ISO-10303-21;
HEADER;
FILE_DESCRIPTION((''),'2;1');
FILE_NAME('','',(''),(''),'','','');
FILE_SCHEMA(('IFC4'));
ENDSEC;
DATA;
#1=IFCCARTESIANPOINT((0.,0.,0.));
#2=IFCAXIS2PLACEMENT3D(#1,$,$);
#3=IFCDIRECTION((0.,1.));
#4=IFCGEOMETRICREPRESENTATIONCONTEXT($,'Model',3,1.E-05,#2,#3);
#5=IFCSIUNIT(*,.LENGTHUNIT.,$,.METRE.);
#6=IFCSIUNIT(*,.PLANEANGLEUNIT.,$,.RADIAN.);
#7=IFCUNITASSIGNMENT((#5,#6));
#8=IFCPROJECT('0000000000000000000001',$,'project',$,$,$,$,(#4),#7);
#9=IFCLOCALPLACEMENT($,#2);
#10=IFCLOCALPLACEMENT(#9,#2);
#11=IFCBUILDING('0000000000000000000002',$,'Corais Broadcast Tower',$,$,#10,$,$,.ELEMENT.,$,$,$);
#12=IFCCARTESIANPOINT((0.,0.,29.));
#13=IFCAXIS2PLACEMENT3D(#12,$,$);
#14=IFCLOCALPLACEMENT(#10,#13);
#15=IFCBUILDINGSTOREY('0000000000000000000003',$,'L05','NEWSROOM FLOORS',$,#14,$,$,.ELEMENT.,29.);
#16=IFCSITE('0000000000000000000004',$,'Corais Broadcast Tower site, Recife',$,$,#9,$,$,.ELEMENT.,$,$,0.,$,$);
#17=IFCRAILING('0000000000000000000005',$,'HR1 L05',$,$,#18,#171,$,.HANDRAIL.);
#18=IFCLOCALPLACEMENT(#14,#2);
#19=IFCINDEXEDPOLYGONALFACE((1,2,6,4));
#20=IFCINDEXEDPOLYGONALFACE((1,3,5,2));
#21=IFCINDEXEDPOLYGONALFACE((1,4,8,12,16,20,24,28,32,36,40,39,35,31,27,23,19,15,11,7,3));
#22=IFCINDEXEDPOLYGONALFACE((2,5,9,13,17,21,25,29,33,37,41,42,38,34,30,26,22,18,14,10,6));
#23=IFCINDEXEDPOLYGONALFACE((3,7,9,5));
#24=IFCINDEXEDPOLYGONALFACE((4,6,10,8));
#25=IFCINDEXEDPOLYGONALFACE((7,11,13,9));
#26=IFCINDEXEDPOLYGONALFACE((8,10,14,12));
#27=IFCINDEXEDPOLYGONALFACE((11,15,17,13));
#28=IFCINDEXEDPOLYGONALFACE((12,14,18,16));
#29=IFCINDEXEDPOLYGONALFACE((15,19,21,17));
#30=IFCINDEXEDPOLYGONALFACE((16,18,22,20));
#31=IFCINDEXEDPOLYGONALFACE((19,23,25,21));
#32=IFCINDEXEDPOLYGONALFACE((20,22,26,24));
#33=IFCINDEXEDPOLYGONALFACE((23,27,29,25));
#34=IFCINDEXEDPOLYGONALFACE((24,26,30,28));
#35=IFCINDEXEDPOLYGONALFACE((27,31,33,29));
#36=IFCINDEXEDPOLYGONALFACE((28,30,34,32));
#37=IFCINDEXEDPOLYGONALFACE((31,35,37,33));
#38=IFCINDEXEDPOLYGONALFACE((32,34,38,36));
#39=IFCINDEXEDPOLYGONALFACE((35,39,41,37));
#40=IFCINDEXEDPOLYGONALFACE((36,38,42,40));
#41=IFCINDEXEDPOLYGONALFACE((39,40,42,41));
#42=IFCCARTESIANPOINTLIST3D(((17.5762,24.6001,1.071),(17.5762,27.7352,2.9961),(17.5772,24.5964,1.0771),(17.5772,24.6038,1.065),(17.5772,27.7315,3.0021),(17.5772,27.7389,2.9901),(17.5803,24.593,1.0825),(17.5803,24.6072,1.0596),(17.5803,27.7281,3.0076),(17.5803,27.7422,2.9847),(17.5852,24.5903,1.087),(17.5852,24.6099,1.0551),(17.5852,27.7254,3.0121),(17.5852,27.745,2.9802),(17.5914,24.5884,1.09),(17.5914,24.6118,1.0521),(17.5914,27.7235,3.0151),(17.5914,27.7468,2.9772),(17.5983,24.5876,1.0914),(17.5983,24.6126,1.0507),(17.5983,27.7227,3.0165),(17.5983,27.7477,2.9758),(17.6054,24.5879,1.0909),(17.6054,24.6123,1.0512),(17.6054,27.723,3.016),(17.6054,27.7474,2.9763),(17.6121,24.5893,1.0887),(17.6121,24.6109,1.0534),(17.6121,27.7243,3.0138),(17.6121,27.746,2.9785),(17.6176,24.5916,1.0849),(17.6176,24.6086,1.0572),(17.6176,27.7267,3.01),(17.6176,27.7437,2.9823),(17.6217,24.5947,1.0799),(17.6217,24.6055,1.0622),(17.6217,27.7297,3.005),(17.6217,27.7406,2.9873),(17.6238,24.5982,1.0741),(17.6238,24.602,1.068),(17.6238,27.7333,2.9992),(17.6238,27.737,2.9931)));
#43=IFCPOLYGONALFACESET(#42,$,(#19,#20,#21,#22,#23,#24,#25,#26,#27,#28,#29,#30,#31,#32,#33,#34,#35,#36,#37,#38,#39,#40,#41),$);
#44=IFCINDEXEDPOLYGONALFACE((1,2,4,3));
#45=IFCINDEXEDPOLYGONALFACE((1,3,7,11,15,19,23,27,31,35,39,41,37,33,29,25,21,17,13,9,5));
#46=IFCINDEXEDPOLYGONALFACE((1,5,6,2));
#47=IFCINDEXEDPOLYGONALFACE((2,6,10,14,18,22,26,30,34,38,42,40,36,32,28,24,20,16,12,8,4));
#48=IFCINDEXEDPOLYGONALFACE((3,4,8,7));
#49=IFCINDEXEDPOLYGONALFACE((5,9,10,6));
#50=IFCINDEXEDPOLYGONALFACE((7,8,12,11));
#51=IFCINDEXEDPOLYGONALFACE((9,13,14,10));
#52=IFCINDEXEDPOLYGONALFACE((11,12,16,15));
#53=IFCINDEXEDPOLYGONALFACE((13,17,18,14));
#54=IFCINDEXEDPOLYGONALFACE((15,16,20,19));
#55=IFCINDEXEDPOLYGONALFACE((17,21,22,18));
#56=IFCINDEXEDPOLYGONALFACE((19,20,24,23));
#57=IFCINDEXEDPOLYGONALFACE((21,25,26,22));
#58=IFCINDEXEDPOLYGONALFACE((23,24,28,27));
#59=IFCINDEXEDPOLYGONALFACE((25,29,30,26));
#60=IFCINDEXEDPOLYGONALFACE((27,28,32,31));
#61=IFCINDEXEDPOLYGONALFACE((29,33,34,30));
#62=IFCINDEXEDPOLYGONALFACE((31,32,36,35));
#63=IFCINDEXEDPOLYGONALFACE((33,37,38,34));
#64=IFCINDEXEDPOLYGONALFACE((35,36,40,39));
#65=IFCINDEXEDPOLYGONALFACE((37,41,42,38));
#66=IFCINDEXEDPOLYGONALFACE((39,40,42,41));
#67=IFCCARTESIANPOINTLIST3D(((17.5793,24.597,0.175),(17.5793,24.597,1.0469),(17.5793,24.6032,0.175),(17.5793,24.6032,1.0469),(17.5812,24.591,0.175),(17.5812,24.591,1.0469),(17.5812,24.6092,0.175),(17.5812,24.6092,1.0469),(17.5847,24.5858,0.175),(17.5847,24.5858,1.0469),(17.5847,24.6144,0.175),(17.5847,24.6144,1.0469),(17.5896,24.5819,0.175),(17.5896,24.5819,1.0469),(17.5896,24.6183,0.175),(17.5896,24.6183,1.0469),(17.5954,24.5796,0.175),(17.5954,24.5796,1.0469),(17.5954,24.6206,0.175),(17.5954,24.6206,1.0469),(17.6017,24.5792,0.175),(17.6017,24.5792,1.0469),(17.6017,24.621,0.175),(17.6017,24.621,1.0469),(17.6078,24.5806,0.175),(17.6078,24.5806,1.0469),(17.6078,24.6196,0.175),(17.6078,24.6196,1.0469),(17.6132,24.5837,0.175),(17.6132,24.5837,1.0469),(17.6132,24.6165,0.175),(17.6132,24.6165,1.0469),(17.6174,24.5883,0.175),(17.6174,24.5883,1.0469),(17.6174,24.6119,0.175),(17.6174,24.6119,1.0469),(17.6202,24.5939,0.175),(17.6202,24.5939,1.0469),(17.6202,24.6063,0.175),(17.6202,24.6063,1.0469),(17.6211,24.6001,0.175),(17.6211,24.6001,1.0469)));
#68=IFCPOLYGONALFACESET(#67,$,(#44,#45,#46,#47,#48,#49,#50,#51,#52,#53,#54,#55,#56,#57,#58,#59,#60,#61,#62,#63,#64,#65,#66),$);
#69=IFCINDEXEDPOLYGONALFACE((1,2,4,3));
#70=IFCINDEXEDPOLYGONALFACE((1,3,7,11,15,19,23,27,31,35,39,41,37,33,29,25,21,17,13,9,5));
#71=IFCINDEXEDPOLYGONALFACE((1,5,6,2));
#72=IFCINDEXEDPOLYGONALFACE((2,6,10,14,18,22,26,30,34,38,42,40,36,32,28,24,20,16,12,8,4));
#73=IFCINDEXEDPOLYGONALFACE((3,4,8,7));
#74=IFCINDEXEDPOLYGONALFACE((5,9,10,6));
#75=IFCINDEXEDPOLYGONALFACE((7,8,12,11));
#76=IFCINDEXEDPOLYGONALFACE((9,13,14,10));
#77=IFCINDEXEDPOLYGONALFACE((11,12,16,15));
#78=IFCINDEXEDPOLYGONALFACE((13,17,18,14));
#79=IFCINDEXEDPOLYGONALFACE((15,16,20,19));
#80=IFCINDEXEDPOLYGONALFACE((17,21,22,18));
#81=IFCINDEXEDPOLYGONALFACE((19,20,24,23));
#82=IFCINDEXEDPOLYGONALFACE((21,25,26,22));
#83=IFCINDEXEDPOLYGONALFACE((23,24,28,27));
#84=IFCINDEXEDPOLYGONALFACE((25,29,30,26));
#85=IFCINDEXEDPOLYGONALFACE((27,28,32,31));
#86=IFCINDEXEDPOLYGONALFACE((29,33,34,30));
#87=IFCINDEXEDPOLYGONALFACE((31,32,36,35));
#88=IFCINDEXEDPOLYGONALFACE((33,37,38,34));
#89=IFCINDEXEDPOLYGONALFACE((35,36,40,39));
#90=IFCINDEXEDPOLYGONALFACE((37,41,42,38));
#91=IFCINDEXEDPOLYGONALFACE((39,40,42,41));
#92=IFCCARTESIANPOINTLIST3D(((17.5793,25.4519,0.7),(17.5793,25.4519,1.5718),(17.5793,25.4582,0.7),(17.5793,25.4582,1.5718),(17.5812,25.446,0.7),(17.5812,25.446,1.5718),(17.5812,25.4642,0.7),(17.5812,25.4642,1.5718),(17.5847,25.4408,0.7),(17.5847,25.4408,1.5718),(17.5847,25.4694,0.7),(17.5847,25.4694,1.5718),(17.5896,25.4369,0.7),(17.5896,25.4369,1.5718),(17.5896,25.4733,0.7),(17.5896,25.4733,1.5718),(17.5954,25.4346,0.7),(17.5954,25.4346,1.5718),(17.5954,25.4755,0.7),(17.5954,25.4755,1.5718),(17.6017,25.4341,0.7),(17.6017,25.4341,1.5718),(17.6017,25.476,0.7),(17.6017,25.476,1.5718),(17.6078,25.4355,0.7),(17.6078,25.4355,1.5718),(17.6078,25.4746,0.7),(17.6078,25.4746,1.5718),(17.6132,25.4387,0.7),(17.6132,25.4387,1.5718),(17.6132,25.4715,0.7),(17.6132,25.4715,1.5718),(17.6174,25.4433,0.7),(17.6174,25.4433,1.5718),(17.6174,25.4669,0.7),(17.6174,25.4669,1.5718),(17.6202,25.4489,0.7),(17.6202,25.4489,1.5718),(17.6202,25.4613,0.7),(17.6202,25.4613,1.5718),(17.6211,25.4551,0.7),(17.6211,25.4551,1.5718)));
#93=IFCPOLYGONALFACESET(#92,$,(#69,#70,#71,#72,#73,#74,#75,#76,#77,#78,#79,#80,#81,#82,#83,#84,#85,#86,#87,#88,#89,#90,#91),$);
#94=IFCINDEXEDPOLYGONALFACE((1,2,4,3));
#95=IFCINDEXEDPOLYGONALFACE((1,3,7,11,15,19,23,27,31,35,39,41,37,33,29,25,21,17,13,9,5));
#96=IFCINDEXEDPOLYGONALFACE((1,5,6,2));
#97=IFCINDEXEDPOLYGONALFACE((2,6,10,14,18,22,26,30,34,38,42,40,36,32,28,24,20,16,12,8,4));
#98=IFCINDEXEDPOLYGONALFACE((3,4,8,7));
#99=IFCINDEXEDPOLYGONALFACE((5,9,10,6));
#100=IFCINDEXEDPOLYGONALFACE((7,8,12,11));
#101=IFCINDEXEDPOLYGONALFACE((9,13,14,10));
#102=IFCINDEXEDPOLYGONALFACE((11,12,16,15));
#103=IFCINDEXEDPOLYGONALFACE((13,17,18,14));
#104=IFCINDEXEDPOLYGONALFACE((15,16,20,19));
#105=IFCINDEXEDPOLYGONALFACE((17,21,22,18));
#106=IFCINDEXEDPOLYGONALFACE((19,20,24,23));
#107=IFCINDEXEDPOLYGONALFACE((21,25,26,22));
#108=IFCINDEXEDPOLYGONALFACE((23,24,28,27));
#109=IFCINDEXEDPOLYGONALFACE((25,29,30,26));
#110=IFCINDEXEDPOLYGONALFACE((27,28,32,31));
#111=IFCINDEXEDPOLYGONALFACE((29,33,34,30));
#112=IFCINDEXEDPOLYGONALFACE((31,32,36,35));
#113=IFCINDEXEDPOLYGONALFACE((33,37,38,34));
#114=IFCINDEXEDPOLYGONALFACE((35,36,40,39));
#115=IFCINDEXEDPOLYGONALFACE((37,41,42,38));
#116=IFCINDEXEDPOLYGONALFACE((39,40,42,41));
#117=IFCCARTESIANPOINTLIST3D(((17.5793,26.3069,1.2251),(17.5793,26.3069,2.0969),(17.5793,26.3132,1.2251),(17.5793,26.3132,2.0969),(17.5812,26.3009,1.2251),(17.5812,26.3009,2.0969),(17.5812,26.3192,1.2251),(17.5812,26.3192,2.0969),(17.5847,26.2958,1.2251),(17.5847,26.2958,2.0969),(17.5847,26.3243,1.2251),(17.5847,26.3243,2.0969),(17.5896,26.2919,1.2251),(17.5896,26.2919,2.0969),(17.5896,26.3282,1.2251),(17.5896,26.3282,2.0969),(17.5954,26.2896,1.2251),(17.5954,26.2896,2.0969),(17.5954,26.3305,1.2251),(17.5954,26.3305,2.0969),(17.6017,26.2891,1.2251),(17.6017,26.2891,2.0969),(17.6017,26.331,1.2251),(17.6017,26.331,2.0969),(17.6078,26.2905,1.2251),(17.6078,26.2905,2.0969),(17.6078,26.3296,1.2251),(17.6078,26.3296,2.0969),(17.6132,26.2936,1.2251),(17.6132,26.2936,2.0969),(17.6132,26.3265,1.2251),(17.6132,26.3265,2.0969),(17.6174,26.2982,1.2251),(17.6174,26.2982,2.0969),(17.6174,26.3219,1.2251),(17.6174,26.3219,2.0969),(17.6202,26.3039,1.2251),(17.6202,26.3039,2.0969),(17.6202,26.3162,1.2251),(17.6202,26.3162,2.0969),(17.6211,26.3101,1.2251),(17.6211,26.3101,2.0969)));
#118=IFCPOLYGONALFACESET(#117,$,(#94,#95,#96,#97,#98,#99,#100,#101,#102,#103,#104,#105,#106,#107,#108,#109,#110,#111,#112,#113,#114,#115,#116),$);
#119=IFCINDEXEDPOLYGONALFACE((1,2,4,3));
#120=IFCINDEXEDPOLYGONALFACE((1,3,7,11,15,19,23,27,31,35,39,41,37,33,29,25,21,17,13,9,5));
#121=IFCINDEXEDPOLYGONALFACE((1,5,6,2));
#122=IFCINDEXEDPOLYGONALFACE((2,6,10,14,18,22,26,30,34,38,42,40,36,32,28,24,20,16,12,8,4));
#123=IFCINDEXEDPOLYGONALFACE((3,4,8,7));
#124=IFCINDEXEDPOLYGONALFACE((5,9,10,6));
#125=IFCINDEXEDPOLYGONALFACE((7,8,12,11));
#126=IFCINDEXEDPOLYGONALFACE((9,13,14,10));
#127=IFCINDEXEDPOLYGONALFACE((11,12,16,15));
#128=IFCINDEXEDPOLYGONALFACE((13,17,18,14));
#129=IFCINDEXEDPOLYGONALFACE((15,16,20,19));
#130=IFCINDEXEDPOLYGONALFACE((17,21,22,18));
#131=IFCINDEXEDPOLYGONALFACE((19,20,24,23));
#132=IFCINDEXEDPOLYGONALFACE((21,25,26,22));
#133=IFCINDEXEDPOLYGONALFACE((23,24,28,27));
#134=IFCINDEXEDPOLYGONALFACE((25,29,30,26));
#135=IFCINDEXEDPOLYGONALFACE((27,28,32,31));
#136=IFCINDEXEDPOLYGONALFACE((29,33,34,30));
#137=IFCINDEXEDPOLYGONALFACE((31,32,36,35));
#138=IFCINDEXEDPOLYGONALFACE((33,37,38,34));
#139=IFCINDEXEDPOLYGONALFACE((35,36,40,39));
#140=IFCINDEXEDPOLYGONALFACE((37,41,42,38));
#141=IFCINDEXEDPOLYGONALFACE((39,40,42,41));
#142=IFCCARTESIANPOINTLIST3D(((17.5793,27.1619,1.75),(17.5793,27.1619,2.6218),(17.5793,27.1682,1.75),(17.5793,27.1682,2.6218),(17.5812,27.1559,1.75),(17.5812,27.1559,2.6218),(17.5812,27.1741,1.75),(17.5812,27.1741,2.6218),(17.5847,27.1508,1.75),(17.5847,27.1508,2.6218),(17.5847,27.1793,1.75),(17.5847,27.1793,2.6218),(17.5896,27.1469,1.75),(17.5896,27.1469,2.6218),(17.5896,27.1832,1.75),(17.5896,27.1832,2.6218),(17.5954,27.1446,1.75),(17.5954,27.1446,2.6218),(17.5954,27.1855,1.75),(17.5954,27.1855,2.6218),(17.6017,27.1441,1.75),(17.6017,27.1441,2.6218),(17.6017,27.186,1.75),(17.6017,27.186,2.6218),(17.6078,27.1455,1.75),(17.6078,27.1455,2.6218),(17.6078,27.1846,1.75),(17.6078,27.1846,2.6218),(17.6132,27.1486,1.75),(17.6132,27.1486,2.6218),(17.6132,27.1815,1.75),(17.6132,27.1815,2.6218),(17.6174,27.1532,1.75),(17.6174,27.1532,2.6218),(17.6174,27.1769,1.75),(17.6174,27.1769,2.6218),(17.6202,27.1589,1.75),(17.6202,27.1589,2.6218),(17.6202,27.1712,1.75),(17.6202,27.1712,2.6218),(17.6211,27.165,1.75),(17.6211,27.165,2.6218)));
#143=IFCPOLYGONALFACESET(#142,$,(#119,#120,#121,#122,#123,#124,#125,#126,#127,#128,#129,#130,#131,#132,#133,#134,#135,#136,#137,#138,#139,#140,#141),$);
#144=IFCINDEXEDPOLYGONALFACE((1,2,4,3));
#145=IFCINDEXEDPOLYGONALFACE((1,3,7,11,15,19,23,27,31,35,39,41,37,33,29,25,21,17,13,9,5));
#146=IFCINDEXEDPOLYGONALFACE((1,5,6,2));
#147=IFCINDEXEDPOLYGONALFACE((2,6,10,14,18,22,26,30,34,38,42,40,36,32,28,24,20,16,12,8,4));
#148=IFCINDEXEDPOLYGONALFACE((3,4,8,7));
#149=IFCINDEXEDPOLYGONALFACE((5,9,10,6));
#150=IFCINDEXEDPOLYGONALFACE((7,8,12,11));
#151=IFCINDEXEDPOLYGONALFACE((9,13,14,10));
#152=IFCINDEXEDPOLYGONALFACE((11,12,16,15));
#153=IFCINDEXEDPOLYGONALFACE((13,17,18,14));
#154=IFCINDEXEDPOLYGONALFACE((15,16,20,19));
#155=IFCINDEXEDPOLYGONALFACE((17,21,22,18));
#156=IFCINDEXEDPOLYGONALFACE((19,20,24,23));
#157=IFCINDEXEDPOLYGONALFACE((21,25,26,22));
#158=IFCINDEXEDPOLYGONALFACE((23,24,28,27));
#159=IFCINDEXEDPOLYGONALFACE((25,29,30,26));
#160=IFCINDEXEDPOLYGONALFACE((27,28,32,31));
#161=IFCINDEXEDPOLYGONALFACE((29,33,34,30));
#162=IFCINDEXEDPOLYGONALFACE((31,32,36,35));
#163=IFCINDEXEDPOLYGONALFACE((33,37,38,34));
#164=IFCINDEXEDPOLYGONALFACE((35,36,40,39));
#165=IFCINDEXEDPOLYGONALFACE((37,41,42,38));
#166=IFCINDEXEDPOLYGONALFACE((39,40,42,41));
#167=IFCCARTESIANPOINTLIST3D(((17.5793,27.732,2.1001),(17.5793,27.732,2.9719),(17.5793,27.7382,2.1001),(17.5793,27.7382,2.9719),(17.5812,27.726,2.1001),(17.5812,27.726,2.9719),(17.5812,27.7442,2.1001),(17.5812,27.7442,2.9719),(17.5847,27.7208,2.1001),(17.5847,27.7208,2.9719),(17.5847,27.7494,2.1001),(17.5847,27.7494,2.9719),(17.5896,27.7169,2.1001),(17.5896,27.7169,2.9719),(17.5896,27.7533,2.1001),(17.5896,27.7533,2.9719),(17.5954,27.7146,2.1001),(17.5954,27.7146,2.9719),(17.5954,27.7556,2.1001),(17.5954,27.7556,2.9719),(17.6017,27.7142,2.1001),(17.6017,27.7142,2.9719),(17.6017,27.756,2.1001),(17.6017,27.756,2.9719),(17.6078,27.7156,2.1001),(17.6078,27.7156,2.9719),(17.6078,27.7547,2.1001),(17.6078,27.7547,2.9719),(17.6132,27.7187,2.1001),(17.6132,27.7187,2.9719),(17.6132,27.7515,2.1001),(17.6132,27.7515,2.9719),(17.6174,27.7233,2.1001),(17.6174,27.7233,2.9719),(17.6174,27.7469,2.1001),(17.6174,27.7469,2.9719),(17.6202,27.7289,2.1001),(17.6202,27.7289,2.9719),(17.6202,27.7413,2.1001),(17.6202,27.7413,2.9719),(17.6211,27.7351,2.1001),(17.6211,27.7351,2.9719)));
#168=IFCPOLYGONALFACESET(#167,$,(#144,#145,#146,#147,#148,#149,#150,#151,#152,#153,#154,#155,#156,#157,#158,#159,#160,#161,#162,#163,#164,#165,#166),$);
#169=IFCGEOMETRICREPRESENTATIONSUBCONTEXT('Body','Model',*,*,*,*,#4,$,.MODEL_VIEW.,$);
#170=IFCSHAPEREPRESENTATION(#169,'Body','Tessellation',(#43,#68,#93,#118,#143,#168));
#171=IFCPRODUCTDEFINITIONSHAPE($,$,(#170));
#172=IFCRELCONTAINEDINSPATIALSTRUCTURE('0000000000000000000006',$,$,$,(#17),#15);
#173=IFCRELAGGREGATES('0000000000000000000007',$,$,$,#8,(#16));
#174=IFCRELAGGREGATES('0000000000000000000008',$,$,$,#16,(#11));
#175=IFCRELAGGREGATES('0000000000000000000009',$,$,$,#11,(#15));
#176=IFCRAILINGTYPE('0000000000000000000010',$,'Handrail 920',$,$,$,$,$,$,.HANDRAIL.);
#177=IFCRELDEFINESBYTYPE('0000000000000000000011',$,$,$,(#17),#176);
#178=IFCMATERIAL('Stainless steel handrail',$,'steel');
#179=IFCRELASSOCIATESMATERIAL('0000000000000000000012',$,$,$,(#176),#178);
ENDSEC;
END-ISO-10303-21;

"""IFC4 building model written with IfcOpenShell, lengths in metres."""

from ifc_helpers import new_model, si_unit, direction, frame, origin, origin_2d, place, context, subcontext, project, spatial, circle, extrude, material, type_object, element, save


model = new_model("IFC4")

# Units and contexts
model_context = context("Model", 3, precision=1e-05, world=origin(), true_north=direction((0.0, 1.0)))
body_context = subcontext(model_context, "Body", "Model", "MODEL_VIEW")
ifc_project = project(units=[si_unit("LENGTHUNIT", "METRE"), si_unit("PLANEANGLEUNIT", "RADIAN")], contexts=[model_context])

# Site, building, storey
site_placement = place(None, origin())
site = spatial("IfcSite", under=ifc_project, at=site_placement, Name="Corais Broadcast Tower site, Recife", CompositionType="ELEMENT", RefElevation=0.0)
building_placement = place(site_placement, origin())
building = spatial("IfcBuilding", under=site, at=building_placement, Name="Corais Broadcast Tower", CompositionType="ELEMENT")
storey_placement = place(building_placement, frame((0.0, 0.0, 29.0)))
storey = spatial("IfcBuildingStorey", under=building, at=storey_placement, Name="L05", Description="NEWSROOM FLOORS", CompositionType="ELEMENT", Elevation=29.0)

# Railing
ifc_material_1 = material(Name="Stainless steel handrail", Category="steel")
railing_type = type_object("IfcRailingType", Name="Handrail 920", PredefinedType="HANDRAIL", material=ifc_material_1)
for number, where, name in (
    (1, (17.6001, 24.6001, 0.175), "HR1 L05"),
):
    element("IfcRailing", number, at=place(storey_placement, frame(where)), inside=storey, type_object=railing_type, Name=name, PredefinedType="HANDRAIL", context=body_context, shape_type="SweptSolid", body=[
        extrude(circle(Radius=0.0239, at=origin_2d()), frame((0.0, 0.0, 0.896), z_axis=(0.0, 0.852166, 0.523271), x_axis=(-1.0, 0.0, 0.0)), (0.0, 0.0, 1.0), 3.679),
        extrude(circle(Radius=0.021, at=origin_2d()), origin(), (0.0, 0.0, 1.0), 0.8718),
        extrude(circle(Radius=0.021, at=origin_2d()), frame((0.0, 0.855, 0.5249)), (0.0, 0.0, 1.0), 0.8718),
        extrude(circle(Radius=0.021, at=origin_2d()), frame((0.0, 1.71, 1.05)), (0.0, 0.0, 1.0), 0.8718),
        extrude(circle(Radius=0.021, at=origin_2d()), frame((0.0, 2.5649, 1.575)), (0.0, 0.0, 1.0), 0.8718),
        extrude(circle(Radius=0.021, at=origin_2d()), frame((0.0, 3.135, 1.925)), (0.0, 0.0, 1.0), 0.8718),
    ])

save(model, "model.ifc")
